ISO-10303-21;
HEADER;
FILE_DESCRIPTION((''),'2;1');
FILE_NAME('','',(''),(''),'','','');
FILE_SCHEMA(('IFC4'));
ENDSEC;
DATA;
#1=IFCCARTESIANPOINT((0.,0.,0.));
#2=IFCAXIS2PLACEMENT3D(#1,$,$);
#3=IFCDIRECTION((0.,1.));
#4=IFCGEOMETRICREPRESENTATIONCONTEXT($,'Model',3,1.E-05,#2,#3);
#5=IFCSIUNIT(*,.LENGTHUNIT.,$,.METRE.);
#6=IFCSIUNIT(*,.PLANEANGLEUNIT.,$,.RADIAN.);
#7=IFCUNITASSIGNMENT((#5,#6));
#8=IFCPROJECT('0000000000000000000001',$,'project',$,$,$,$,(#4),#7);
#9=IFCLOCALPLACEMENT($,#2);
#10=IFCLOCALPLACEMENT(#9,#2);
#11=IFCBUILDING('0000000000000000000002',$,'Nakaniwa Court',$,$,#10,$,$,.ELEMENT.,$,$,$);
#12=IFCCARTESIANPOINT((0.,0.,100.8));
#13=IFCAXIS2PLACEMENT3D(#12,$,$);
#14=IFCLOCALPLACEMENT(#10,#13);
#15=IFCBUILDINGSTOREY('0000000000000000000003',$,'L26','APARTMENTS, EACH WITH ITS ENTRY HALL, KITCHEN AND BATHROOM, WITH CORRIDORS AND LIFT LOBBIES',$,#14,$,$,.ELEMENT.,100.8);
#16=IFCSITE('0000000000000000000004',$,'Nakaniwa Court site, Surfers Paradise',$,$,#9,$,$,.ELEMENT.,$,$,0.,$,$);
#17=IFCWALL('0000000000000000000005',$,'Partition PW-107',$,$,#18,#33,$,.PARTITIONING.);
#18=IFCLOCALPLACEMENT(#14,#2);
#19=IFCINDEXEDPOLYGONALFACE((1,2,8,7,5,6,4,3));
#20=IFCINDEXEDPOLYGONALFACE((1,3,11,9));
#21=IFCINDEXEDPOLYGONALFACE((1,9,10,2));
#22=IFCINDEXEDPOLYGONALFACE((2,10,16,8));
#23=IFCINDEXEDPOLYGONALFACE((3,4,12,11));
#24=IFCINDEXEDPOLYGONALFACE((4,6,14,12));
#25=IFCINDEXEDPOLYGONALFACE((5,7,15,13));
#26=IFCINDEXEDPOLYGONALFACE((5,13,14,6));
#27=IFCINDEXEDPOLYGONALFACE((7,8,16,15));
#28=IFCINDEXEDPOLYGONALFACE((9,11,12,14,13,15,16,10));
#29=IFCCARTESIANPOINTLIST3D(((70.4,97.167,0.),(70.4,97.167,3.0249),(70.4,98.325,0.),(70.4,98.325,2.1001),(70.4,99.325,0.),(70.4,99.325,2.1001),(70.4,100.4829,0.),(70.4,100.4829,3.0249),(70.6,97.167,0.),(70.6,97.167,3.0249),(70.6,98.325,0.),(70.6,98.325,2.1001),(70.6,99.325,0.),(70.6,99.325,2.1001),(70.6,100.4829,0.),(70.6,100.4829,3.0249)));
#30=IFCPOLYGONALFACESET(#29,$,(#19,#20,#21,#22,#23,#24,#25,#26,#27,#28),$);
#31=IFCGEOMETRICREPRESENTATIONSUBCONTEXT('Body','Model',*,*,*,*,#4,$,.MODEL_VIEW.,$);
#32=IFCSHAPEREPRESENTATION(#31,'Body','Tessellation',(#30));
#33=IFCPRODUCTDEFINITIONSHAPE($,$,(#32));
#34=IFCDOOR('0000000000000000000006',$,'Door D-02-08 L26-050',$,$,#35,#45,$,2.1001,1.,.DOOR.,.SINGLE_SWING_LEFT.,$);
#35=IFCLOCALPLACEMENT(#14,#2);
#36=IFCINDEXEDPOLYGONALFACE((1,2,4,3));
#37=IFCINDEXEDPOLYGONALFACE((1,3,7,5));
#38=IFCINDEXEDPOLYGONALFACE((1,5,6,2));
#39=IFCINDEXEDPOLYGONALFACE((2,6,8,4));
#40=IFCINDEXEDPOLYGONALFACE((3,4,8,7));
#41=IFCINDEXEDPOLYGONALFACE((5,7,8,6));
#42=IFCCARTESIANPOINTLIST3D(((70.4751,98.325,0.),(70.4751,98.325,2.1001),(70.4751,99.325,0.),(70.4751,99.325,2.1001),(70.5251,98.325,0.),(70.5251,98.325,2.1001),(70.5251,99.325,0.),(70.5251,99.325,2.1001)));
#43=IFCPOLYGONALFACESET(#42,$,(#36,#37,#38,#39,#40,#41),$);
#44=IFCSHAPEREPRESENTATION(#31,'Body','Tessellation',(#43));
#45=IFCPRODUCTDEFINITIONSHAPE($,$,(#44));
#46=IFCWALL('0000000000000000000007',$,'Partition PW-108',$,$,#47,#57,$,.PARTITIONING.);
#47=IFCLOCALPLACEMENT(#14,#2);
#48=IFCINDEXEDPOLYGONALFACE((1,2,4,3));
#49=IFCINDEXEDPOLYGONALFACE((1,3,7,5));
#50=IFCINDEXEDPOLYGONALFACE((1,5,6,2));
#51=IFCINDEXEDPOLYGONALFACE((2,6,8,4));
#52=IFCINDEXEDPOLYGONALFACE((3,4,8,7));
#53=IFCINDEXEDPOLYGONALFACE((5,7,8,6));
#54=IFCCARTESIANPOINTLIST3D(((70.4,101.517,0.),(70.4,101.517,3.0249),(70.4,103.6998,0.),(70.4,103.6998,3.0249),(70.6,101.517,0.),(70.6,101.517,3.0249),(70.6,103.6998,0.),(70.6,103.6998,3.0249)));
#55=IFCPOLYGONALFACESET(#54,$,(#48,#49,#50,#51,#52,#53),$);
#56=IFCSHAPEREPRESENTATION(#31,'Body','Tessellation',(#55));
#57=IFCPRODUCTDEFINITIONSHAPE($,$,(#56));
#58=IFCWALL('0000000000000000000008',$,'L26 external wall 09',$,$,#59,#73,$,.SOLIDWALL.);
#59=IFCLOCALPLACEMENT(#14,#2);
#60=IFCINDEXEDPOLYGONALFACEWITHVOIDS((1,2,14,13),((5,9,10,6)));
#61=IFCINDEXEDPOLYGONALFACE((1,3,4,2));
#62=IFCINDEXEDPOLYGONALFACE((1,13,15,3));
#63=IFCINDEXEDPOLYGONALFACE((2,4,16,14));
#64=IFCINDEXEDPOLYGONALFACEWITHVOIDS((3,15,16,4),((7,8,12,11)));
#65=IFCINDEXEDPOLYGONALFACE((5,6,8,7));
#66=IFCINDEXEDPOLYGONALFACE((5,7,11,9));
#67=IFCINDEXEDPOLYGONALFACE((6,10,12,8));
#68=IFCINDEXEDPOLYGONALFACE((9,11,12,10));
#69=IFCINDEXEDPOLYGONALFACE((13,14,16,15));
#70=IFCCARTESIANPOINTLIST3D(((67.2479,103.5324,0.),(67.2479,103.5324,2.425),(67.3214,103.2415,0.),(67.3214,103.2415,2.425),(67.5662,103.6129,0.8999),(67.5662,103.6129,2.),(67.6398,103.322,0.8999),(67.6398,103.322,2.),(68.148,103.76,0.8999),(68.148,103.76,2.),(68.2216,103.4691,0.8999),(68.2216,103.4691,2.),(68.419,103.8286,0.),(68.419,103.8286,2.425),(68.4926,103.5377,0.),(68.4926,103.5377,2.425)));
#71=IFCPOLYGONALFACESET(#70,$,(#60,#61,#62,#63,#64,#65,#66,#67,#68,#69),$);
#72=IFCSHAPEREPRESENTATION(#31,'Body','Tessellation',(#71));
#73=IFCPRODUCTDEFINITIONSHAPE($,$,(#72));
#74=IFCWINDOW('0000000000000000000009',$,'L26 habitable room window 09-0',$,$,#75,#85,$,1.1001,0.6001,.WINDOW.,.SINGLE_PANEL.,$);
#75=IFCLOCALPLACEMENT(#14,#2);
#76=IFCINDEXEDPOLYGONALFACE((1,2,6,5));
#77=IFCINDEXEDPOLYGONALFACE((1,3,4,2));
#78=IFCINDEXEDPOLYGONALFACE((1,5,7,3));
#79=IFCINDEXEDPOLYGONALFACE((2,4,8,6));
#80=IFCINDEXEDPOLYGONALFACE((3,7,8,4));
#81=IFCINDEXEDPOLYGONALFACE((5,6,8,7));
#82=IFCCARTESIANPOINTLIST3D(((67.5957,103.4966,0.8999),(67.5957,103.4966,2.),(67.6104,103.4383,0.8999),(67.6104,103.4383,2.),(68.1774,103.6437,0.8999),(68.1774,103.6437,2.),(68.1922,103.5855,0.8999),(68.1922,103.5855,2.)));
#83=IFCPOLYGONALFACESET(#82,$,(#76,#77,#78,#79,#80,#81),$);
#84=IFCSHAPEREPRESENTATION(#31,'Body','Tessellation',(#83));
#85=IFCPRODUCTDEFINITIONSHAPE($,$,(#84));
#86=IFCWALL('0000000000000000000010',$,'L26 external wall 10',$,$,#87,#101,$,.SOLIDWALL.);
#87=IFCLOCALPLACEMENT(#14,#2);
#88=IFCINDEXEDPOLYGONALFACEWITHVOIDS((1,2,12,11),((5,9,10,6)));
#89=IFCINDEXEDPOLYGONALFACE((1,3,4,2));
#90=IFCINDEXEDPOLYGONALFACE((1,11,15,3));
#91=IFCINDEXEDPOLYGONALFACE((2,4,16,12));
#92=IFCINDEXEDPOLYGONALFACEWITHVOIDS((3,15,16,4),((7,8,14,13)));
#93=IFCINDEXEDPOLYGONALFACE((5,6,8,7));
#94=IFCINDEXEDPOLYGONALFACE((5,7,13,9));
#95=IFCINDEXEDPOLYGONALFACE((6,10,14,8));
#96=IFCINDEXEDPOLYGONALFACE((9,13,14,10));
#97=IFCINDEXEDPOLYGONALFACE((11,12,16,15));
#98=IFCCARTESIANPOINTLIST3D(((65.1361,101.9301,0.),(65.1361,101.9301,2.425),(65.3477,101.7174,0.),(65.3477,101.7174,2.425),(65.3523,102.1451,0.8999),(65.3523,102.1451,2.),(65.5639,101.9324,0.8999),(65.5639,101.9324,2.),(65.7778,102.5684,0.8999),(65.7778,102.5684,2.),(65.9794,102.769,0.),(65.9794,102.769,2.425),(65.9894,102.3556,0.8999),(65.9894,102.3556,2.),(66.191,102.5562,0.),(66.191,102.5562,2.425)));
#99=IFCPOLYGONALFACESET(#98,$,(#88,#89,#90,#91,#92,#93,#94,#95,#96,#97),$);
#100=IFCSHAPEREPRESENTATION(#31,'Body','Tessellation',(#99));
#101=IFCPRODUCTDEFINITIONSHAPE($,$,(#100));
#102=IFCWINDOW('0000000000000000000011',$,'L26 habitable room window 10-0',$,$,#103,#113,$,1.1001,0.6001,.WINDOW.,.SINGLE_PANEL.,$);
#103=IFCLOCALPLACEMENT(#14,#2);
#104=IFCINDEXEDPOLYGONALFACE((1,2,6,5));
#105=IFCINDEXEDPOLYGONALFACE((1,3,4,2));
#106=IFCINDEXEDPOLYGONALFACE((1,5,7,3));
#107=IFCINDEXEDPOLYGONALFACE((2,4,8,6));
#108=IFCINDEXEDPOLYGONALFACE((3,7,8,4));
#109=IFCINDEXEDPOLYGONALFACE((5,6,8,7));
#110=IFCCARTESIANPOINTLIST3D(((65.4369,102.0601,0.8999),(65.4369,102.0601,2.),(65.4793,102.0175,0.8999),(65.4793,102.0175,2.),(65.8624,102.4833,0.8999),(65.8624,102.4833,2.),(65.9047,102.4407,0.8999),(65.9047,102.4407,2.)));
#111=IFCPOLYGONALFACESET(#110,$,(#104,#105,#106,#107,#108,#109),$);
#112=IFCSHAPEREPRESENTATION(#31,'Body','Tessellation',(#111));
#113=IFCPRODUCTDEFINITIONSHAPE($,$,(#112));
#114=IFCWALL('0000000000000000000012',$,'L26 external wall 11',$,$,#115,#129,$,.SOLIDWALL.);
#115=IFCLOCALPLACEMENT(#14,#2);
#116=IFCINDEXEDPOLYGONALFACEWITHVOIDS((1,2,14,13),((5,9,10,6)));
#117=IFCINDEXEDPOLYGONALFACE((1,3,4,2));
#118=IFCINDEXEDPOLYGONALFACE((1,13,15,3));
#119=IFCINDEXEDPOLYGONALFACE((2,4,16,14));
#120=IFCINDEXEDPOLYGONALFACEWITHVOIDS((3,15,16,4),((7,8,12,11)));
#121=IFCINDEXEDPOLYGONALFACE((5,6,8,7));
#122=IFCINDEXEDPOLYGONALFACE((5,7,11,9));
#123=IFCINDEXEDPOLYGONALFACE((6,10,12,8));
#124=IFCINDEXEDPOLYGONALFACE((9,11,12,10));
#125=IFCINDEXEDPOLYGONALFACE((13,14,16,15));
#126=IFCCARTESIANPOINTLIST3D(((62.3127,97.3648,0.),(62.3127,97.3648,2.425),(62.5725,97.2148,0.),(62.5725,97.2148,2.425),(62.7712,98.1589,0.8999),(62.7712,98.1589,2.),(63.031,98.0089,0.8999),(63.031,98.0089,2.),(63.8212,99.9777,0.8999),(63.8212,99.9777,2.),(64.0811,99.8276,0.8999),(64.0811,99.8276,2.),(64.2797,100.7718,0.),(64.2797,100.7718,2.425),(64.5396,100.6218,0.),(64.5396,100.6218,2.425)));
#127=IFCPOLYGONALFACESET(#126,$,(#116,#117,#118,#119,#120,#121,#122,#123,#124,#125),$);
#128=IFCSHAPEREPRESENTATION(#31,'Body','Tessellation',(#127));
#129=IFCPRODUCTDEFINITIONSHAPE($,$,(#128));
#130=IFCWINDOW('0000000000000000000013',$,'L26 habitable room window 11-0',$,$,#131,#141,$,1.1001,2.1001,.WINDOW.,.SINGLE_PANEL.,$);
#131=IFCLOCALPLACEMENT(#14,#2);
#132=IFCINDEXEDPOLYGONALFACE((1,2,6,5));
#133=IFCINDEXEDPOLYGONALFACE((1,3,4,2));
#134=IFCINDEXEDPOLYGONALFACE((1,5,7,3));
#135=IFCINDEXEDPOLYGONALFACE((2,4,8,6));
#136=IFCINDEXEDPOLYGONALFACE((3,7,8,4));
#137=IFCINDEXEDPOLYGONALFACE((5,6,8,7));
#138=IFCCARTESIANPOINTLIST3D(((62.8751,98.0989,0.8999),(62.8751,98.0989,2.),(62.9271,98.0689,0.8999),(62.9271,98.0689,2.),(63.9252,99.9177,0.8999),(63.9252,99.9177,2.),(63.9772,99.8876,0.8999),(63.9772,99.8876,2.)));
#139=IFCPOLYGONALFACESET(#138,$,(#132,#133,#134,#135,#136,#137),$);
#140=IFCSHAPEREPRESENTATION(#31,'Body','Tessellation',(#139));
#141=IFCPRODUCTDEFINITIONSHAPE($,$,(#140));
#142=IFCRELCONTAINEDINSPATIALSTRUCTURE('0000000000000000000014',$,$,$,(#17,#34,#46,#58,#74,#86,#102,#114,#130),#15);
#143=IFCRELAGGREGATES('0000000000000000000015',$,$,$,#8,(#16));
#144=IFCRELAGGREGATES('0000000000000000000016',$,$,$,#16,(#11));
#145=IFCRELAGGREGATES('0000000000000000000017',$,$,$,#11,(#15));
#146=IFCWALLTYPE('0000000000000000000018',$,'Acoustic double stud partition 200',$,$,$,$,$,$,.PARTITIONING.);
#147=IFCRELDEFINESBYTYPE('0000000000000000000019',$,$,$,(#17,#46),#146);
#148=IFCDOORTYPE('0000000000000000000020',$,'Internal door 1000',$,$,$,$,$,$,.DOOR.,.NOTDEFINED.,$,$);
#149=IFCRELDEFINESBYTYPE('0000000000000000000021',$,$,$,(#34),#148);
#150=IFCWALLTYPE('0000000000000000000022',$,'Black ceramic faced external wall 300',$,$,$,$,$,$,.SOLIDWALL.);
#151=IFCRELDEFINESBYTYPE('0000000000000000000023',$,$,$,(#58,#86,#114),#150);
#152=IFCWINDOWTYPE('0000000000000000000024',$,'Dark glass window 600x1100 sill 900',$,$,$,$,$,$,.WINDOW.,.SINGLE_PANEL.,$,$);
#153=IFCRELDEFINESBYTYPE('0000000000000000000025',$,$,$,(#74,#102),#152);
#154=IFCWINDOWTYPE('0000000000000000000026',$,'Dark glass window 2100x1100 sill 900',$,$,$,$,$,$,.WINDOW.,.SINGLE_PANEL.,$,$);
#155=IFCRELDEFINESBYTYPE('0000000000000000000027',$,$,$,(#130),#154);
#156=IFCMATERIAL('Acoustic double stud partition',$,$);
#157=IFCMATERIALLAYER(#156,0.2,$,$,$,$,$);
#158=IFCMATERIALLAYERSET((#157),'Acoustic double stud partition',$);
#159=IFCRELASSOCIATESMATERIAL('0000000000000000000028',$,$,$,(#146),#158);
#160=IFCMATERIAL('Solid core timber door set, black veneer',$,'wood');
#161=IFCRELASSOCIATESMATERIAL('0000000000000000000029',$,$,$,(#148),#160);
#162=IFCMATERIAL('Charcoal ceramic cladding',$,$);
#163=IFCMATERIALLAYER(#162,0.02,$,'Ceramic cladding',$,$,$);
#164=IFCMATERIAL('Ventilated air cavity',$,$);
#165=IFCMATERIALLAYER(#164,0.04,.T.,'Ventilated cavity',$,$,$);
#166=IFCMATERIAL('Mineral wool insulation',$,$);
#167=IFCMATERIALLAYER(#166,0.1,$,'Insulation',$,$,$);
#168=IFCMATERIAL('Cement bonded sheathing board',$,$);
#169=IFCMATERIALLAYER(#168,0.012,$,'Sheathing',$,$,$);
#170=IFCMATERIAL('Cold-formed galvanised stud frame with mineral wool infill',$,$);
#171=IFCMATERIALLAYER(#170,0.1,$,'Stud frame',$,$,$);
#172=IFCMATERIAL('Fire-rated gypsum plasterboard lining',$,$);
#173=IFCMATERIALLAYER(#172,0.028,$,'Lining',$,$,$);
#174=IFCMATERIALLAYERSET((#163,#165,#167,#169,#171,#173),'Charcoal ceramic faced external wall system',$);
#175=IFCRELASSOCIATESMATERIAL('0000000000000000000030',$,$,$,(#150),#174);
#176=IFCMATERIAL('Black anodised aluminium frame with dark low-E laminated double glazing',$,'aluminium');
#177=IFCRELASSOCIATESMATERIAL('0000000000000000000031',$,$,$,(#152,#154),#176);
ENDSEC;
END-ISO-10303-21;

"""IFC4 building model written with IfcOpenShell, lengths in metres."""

from ifc_helpers import new_model, si_unit, direction, frame, frame_2d, origin, place, context, subcontext, project, spatial, rectangle, extrude, material, layer, layer_set, type_object, element, fill, save


model = new_model("IFC4")

# Units and contexts
model_context = context("Model", 3, precision=1e-05, world=origin(), true_north=direction((0.0, 1.0)))
body_context = subcontext(model_context, "Body", "Model", "MODEL_VIEW")
ifc_project = project(units=[si_unit("LENGTHUNIT", "METRE"), si_unit("PLANEANGLEUNIT", "RADIAN")], contexts=[model_context])

# Site, building, storey
site_placement = place(None, origin())
site = spatial("IfcSite", under=ifc_project, at=site_placement, Name="Nakaniwa Court site, Surfers Paradise", CompositionType="ELEMENT", RefElevation=0.0)
building_placement = place(site_placement, origin())
building = spatial("IfcBuilding", under=site, at=building_placement, Name="Nakaniwa Court", CompositionType="ELEMENT")
storey_placement = place(building_placement, frame((0.0, 0.0, 100.8)))
storey = spatial("IfcBuildingStorey", under=building, at=storey_placement, Name="L26", Description="APARTMENTS, EACH WITH ITS ENTRY HALL, KITCHEN AND BATHROOM, WITH CORRIDORS AND LIFT LOBBIES", CompositionType="ELEMENT", Elevation=100.8)

# Shared definitions
ifc_material_1 = material(Name="Acoustic double stud partition")
ifc_layer_1 = layer(ifc_material_1, 0.2)
ifc_layer_set_1 = layer_set([ifc_layer_1], Name="Acoustic double stud partition")
wall_type_1 = type_object("IfcWallType", Name="Acoustic double stud partition 200", PredefinedType="PARTITIONING", material=ifc_layer_set_1)

# Wall, opening, door
wall_1_placement = place(storey_placement, frame((70.5, 97.167, 0.0), z_axis=(0.0, 0.0, 1.0), x_axis=(0.0, 1.0, 0.0)))
wall_1 = element("IfcWall", 1, at=wall_1_placement, inside=storey, type_object=wall_type_1, Name="Partition PW-107", PredefinedType="PARTITIONING", context=body_context, shape_type="SweptSolid", body=[
    extrude(rectangle(XDim=3.3159, YDim=0.2, at=frame_2d((1.658, 0.0))), origin(), (0.0, 0.0, 1.0), 3.0249),
])
opening_1_placement = place(wall_1_placement, frame((1.158, 0.0, 0.0)))
opening_1 = element("IfcOpeningElement", 2, at=opening_1_placement, cuts=wall_1, PredefinedType="OPENING", context=body_context, shape_type="SweptSolid", body=[
    extrude(rectangle(XDim=1.0, YDim=2.1001, at=frame_2d((0.5, 1.05))), frame((0.0, 0.1099, 0.0), z_axis=(0.0, -1.0, 0.0), x_axis=(1.0, 0.0, 0.0)), (0.0, 0.0, 1.0), 0.22),
])
ifc_material_2 = material(Name="Solid core timber door set, black veneer", Category="wood")
door_type_1 = type_object("IfcDoorType", Name="Internal door 1000", OperationType="NOTDEFINED", PredefinedType="DOOR", material=ifc_material_2)
door_1_placement = place(opening_1_placement, origin())
door_1 = element("IfcDoor", 3, at=door_1_placement, inside=storey, type_object=door_type_1, Name="Door D-02-08 L26-050", OperationType="SINGLE_SWING_LEFT", OverallHeight=2.1001, OverallWidth=1.0, PredefinedType="DOOR", context=body_context, shape_type="SweptSolid", body=[
    extrude(rectangle(XDim=1.0, YDim=2.1001, at=frame_2d((0.5, 1.05))), frame((0.0, 0.0249, 0.0), z_axis=(0.0, -1.0, 0.0), x_axis=(1.0, 0.0, 0.0)), (0.0, 0.0, 1.0), 0.05),
])
fill(opening_1, door_1)

# Wall
wall_2_placement = place(storey_placement, frame((70.5, 101.5171, 0.0), z_axis=(0.0, 0.0, 1.0), x_axis=(0.0, 1.0, 0.0)))
element("IfcWall", 4, at=wall_2_placement, inside=storey, type_object=wall_type_1, Name="Partition PW-108", PredefinedType="PARTITIONING", context=body_context, shape_type="SweptSolid", body=[
    extrude(rectangle(XDim=2.1829, YDim=0.2, at=frame_2d((1.0913, 0.0))), origin(), (0.0, 0.0, 1.0), 3.0249),
])

# Walls, openings, windows
ifc_material_3 = material(Name="Charcoal ceramic cladding")
ifc_layer_2 = layer(ifc_material_3, 0.02, Name="Ceramic cladding")
ifc_material_4 = material(Name="Ventilated air cavity")
ifc_layer_3 = layer(ifc_material_4, 0.04, ventilated=True, Name="Ventilated cavity")
ifc_material_5 = material(Name="Mineral wool insulation")
ifc_layer_4 = layer(ifc_material_5, 0.1, Name="Insulation")
ifc_material_6 = material(Name="Cement bonded sheathing board")
ifc_layer_5 = layer(ifc_material_6, 0.012, Name="Sheathing")
ifc_material_7 = material(Name="Cold-formed galvanised stud frame with mineral wool infill")
ifc_layer_6 = layer(ifc_material_7, 0.1, Name="Stud frame")
ifc_material_8 = material(Name="Fire-rated gypsum plasterboard lining")
ifc_layer_7 = layer(ifc_material_8, 0.028, Name="Lining")
ifc_layer_set_2 = layer_set([ifc_layer_2, ifc_layer_3, ifc_layer_4, ifc_layer_5, ifc_layer_6, ifc_layer_7], Name="Charcoal ceramic faced external wall system")
wall_type_2 = type_object("IfcWallType", Name="Black ceramic faced external wall 300", PredefinedType="SOLIDWALL", material=ifc_layer_set_2)
wall_3_placement = place(storey_placement, frame((68.4558, 103.6831, 0.0), z_axis=(0.0, 0.0, 1.0), x_axis=(-0.969485, -0.24515, 0.0)))
wall_3 = element("IfcWall", 5, at=wall_3_placement, inside=storey, type_object=wall_type_2, Name="L26 external wall 09", PredefinedType="SOLIDWALL", context=body_context, shape_type="SweptSolid", body=[
    extrude(rectangle(XDim=1.208, YDim=0.3, at=frame_2d((0.604, 0.0))), origin(), (0.0, 0.0, 1.0), 2.425),
])
opening_2_placement = place(wall_3_placement, frame((0.2795, 0.0, 0.8999)))
opening_2 = element("IfcOpeningElement", 6, at=opening_2_placement, cuts=wall_3, PredefinedType="OPENING", context=body_context, shape_type="SweptSolid", body=[
    extrude(rectangle(XDim=0.6001, YDim=1.1001, at=frame_2d((0.3, 0.55))), frame((0.0, 0.1599, 0.0), z_axis=(0.0, -1.0, 0.0), x_axis=(1.0, 0.0, 0.0)), (0.0, 0.0, 1.0), 0.3201),
])
ifc_material_9 = material(Name="Black anodised aluminium frame with dark low-E laminated double glazing", Category="aluminium")
window_type_1 = type_object("IfcWindowType", Name="Dark glass window 600x1100 sill 900", PartitioningType="SINGLE_PANEL", PredefinedType="WINDOW", material=ifc_material_9)
window_1_placement = place(opening_2_placement, origin())
window_1 = element("IfcWindow", 7, at=window_1_placement, inside=storey, type_object=window_type_1, Name="L26 habitable room window 09-0", OverallHeight=1.1001, OverallWidth=0.6001, PartitioningType="SINGLE_PANEL", PredefinedType="WINDOW", context=body_context, shape_type="SweptSolid", body=[
    extrude(rectangle(XDim=0.6001, YDim=1.1001, at=frame_2d((0.3, 0.55))), frame((0.0, 0.03, 0.0), z_axis=(0.0, -1.0, 0.0), x_axis=(1.0, 0.0, 0.0)), (0.0, 0.0, 1.0), 0.0601),
])
fill(opening_2, window_1)
wall_4_placement = place(storey_placement, frame((66.0852, 102.6626, 0.0), z_axis=(0.0, 0.0, 1.0), x_axis=(-0.708952, -0.705257, 0.0)))
wall_4 = element("IfcWall", 8, at=wall_4_placement, inside=storey, type_object=wall_type_2, Name="L26 external wall 10", PredefinedType="SOLIDWALL", context=body_context, shape_type="SweptSolid", body=[
    extrude(rectangle(XDim=1.1895, YDim=0.3, at=frame_2d((0.5947, 0.0))), origin(), (0.0, 0.0, 1.0), 2.425),
])
opening_3_placement = place(wall_4_placement, frame((0.2844, 0.0, 0.8999)))
opening_3 = element("IfcOpeningElement", 9, at=opening_3_placement, cuts=wall_4, PredefinedType="OPENING", context=body_context, shape_type="SweptSolid", body=[
    extrude(rectangle(XDim=0.6001, YDim=1.1001, at=frame_2d((0.3, 0.55))), frame((0.0, 0.1599, 0.0), z_axis=(0.0, -1.0, 0.0), x_axis=(1.0, 0.0, 0.0)), (0.0, 0.0, 1.0), 0.3201),
])
window_2_placement = place(opening_3_placement, origin())
window_2 = element("IfcWindow", 10, at=window_2_placement, inside=storey, type_object=window_type_1, Name="L26 habitable room window 10-0", OverallHeight=1.1001, OverallWidth=0.6001, PartitioningType="SINGLE_PANEL", PredefinedType="WINDOW", context=body_context, shape_type="SweptSolid", body=[
    extrude(rectangle(XDim=0.6001, YDim=1.1001, at=frame_2d((0.3, 0.55))), frame((0.0, 0.03, 0.0), z_axis=(0.0, -1.0, 0.0), x_axis=(1.0, 0.0, 0.0)), (0.0, 0.0, 1.0), 0.0601),
])
fill(opening_3, window_2)
wall_5_placement = place(storey_placement, frame((64.4097, 100.6968, 0.0), z_axis=(0.0, 0.0, 1.0), x_axis=(-0.500004, -0.866023, 0.0)))
wall_5 = element("IfcWall", 11, at=wall_5_placement, inside=storey, type_object=wall_type_2, Name="L26 external wall 11", PredefinedType="SOLIDWALL", context=body_context, shape_type="SweptSolid", body=[
    extrude(rectangle(XDim=3.9341, YDim=0.3, at=frame_2d((1.967, 0.0))), origin(), (0.0, 0.0, 1.0), 2.425),
])
opening_4_placement = place(wall_5_placement, frame((0.917, 0.0, 0.8999)))
opening_4 = element("IfcOpeningElement", 12, at=opening_4_placement, cuts=wall_5, PredefinedType="OPENING", context=body_context, shape_type="SweptSolid", body=[
    extrude(rectangle(XDim=2.1001, YDim=1.1001, at=frame_2d((1.05, 0.55))), frame((0.0, 0.1599, 0.0), z_axis=(0.0, -1.0, 0.0), x_axis=(1.0, 0.0, 0.0)), (0.0, 0.0, 1.0), 0.3201),
])
window_type_2 = type_object("IfcWindowType", Name="Dark glass window 2100x1100 sill 900", PartitioningType="SINGLE_PANEL", PredefinedType="WINDOW", material=ifc_material_9)
window_3_placement = place(opening_4_placement, origin())
window_3 = element("IfcWindow", 13, at=window_3_placement, inside=storey, type_object=window_type_2, Name="L26 habitable room window 11-0", OverallHeight=1.1001, OverallWidth=2.1001, PartitioningType="SINGLE_PANEL", PredefinedType="WINDOW", context=body_context, shape_type="SweptSolid", body=[
    extrude(rectangle(XDim=2.1001, YDim=1.1001, at=frame_2d((1.05, 0.55))), frame((0.0, 0.03, 0.0), z_axis=(0.0, -1.0, 0.0), x_axis=(1.0, 0.0, 0.0)), (0.0, 0.0, 1.0), 0.0601),
])
fill(opening_4, window_3)

save(model, "model.ifc")
